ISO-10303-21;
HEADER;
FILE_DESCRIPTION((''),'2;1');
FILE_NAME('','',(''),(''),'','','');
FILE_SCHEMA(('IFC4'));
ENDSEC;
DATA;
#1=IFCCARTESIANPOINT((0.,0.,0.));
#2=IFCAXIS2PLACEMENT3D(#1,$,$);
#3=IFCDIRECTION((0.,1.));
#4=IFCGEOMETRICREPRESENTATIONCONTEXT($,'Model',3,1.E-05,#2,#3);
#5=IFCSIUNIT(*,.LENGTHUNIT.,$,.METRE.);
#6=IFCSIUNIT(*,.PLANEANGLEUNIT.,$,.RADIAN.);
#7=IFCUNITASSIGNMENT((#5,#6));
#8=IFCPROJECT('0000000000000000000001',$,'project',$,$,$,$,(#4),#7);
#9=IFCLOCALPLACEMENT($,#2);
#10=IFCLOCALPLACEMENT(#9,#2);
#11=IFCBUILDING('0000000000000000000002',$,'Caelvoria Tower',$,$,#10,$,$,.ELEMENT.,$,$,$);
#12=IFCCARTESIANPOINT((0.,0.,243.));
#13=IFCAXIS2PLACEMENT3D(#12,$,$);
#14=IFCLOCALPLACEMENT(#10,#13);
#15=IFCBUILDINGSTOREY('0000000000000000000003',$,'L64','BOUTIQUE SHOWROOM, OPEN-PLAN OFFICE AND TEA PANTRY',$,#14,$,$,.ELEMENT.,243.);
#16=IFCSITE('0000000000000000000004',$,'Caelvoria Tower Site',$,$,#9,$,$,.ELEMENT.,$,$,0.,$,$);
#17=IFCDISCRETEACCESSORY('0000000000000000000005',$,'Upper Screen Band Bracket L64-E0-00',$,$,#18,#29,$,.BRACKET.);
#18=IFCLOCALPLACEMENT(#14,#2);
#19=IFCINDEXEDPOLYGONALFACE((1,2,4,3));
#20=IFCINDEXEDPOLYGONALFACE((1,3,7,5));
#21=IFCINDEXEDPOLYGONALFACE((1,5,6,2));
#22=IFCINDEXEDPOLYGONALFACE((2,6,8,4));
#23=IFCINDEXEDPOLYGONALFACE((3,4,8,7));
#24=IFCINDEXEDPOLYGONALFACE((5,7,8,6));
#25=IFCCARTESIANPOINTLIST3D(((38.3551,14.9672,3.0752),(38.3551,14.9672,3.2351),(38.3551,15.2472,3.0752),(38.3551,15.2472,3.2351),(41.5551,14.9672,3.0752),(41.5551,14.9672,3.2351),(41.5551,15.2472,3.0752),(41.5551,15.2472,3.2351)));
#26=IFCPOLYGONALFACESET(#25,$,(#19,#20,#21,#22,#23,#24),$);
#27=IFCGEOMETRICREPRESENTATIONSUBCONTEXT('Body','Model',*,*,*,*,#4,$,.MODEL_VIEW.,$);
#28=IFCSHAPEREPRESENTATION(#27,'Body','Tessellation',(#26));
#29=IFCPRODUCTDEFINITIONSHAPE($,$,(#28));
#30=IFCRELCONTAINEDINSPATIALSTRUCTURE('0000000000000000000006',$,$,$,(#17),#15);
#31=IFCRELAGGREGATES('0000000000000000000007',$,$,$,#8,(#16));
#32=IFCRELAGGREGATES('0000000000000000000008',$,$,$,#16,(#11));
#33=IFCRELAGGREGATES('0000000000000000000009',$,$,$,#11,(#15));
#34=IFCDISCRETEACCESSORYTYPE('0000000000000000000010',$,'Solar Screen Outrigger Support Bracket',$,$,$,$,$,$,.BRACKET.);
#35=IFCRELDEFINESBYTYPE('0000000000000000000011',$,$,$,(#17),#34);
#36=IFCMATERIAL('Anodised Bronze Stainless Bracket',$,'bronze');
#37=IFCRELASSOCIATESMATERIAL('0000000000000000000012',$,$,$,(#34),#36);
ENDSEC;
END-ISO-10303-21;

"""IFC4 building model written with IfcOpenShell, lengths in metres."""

from ifc_helpers import new_model, si_unit, direction, frame, origin, origin_2d, place, context, subcontext, project, spatial, rectangle, extrude, material, type_object, element, save


model = new_model("IFC4")

# Units and contexts
model_context = context("Model", 3, precision=1e-05, world=origin(), true_north=direction((0.0, 1.0)))
body_context = subcontext(model_context, "Body", "Model", "MODEL_VIEW")
ifc_project = project(units=[si_unit("LENGTHUNIT", "METRE"), si_unit("PLANEANGLEUNIT", "RADIAN")], contexts=[model_context])

# Site, building, storey
site_placement = place(None, origin())
site = spatial("IfcSite", under=ifc_project, at=site_placement, Name="Caelvoria Tower Site", CompositionType="ELEMENT", RefElevation=0.0)
building_placement = place(site_placement, origin())
building = spatial("IfcBuilding", under=site, at=building_placement, Name="Caelvoria Tower", CompositionType="ELEMENT")
storey_placement = place(building_placement, frame((0.0, 0.0, 243.0)))
storey = spatial("IfcBuildingStorey", under=building, at=storey_placement, Name="L64", Description="BOUTIQUE SHOWROOM, OPEN-PLAN OFFICE AND TEA PANTRY", CompositionType="ELEMENT", Elevation=243.0)

# Discrete accessory
ifc_material_1 = material(Name="Anodised Bronze Stainless Bracket", Category="bronze")
discrete_accessory_type = type_object("IfcDiscreteAccessoryType", Name="Solar Screen Outrigger Support Bracket", PredefinedType="BRACKET", material=ifc_material_1)
for number, where, z_axis, x_axis, name in (
    (1, (39.9551, 15.1072, 3.0752), (0.0, 0.0, 1.0), (1.0, 0.0, 0.0), "Upper Screen Band Bracket L64-E0-00"),
):
    element("IfcDiscreteAccessory", number, at=place(storey_placement, frame(where, z_axis=z_axis, x_axis=x_axis)), inside=storey, type_object=discrete_accessory_type, Name=name, PredefinedType="BRACKET", context=body_context, shape_type="SweptSolid", body=[
        extrude(rectangle(XDim=3.2, YDim=0.28, at=origin_2d()), origin(), (0.0, 0.0, 1.0), 0.1599),
    ])

save(model, "model.ifc")
